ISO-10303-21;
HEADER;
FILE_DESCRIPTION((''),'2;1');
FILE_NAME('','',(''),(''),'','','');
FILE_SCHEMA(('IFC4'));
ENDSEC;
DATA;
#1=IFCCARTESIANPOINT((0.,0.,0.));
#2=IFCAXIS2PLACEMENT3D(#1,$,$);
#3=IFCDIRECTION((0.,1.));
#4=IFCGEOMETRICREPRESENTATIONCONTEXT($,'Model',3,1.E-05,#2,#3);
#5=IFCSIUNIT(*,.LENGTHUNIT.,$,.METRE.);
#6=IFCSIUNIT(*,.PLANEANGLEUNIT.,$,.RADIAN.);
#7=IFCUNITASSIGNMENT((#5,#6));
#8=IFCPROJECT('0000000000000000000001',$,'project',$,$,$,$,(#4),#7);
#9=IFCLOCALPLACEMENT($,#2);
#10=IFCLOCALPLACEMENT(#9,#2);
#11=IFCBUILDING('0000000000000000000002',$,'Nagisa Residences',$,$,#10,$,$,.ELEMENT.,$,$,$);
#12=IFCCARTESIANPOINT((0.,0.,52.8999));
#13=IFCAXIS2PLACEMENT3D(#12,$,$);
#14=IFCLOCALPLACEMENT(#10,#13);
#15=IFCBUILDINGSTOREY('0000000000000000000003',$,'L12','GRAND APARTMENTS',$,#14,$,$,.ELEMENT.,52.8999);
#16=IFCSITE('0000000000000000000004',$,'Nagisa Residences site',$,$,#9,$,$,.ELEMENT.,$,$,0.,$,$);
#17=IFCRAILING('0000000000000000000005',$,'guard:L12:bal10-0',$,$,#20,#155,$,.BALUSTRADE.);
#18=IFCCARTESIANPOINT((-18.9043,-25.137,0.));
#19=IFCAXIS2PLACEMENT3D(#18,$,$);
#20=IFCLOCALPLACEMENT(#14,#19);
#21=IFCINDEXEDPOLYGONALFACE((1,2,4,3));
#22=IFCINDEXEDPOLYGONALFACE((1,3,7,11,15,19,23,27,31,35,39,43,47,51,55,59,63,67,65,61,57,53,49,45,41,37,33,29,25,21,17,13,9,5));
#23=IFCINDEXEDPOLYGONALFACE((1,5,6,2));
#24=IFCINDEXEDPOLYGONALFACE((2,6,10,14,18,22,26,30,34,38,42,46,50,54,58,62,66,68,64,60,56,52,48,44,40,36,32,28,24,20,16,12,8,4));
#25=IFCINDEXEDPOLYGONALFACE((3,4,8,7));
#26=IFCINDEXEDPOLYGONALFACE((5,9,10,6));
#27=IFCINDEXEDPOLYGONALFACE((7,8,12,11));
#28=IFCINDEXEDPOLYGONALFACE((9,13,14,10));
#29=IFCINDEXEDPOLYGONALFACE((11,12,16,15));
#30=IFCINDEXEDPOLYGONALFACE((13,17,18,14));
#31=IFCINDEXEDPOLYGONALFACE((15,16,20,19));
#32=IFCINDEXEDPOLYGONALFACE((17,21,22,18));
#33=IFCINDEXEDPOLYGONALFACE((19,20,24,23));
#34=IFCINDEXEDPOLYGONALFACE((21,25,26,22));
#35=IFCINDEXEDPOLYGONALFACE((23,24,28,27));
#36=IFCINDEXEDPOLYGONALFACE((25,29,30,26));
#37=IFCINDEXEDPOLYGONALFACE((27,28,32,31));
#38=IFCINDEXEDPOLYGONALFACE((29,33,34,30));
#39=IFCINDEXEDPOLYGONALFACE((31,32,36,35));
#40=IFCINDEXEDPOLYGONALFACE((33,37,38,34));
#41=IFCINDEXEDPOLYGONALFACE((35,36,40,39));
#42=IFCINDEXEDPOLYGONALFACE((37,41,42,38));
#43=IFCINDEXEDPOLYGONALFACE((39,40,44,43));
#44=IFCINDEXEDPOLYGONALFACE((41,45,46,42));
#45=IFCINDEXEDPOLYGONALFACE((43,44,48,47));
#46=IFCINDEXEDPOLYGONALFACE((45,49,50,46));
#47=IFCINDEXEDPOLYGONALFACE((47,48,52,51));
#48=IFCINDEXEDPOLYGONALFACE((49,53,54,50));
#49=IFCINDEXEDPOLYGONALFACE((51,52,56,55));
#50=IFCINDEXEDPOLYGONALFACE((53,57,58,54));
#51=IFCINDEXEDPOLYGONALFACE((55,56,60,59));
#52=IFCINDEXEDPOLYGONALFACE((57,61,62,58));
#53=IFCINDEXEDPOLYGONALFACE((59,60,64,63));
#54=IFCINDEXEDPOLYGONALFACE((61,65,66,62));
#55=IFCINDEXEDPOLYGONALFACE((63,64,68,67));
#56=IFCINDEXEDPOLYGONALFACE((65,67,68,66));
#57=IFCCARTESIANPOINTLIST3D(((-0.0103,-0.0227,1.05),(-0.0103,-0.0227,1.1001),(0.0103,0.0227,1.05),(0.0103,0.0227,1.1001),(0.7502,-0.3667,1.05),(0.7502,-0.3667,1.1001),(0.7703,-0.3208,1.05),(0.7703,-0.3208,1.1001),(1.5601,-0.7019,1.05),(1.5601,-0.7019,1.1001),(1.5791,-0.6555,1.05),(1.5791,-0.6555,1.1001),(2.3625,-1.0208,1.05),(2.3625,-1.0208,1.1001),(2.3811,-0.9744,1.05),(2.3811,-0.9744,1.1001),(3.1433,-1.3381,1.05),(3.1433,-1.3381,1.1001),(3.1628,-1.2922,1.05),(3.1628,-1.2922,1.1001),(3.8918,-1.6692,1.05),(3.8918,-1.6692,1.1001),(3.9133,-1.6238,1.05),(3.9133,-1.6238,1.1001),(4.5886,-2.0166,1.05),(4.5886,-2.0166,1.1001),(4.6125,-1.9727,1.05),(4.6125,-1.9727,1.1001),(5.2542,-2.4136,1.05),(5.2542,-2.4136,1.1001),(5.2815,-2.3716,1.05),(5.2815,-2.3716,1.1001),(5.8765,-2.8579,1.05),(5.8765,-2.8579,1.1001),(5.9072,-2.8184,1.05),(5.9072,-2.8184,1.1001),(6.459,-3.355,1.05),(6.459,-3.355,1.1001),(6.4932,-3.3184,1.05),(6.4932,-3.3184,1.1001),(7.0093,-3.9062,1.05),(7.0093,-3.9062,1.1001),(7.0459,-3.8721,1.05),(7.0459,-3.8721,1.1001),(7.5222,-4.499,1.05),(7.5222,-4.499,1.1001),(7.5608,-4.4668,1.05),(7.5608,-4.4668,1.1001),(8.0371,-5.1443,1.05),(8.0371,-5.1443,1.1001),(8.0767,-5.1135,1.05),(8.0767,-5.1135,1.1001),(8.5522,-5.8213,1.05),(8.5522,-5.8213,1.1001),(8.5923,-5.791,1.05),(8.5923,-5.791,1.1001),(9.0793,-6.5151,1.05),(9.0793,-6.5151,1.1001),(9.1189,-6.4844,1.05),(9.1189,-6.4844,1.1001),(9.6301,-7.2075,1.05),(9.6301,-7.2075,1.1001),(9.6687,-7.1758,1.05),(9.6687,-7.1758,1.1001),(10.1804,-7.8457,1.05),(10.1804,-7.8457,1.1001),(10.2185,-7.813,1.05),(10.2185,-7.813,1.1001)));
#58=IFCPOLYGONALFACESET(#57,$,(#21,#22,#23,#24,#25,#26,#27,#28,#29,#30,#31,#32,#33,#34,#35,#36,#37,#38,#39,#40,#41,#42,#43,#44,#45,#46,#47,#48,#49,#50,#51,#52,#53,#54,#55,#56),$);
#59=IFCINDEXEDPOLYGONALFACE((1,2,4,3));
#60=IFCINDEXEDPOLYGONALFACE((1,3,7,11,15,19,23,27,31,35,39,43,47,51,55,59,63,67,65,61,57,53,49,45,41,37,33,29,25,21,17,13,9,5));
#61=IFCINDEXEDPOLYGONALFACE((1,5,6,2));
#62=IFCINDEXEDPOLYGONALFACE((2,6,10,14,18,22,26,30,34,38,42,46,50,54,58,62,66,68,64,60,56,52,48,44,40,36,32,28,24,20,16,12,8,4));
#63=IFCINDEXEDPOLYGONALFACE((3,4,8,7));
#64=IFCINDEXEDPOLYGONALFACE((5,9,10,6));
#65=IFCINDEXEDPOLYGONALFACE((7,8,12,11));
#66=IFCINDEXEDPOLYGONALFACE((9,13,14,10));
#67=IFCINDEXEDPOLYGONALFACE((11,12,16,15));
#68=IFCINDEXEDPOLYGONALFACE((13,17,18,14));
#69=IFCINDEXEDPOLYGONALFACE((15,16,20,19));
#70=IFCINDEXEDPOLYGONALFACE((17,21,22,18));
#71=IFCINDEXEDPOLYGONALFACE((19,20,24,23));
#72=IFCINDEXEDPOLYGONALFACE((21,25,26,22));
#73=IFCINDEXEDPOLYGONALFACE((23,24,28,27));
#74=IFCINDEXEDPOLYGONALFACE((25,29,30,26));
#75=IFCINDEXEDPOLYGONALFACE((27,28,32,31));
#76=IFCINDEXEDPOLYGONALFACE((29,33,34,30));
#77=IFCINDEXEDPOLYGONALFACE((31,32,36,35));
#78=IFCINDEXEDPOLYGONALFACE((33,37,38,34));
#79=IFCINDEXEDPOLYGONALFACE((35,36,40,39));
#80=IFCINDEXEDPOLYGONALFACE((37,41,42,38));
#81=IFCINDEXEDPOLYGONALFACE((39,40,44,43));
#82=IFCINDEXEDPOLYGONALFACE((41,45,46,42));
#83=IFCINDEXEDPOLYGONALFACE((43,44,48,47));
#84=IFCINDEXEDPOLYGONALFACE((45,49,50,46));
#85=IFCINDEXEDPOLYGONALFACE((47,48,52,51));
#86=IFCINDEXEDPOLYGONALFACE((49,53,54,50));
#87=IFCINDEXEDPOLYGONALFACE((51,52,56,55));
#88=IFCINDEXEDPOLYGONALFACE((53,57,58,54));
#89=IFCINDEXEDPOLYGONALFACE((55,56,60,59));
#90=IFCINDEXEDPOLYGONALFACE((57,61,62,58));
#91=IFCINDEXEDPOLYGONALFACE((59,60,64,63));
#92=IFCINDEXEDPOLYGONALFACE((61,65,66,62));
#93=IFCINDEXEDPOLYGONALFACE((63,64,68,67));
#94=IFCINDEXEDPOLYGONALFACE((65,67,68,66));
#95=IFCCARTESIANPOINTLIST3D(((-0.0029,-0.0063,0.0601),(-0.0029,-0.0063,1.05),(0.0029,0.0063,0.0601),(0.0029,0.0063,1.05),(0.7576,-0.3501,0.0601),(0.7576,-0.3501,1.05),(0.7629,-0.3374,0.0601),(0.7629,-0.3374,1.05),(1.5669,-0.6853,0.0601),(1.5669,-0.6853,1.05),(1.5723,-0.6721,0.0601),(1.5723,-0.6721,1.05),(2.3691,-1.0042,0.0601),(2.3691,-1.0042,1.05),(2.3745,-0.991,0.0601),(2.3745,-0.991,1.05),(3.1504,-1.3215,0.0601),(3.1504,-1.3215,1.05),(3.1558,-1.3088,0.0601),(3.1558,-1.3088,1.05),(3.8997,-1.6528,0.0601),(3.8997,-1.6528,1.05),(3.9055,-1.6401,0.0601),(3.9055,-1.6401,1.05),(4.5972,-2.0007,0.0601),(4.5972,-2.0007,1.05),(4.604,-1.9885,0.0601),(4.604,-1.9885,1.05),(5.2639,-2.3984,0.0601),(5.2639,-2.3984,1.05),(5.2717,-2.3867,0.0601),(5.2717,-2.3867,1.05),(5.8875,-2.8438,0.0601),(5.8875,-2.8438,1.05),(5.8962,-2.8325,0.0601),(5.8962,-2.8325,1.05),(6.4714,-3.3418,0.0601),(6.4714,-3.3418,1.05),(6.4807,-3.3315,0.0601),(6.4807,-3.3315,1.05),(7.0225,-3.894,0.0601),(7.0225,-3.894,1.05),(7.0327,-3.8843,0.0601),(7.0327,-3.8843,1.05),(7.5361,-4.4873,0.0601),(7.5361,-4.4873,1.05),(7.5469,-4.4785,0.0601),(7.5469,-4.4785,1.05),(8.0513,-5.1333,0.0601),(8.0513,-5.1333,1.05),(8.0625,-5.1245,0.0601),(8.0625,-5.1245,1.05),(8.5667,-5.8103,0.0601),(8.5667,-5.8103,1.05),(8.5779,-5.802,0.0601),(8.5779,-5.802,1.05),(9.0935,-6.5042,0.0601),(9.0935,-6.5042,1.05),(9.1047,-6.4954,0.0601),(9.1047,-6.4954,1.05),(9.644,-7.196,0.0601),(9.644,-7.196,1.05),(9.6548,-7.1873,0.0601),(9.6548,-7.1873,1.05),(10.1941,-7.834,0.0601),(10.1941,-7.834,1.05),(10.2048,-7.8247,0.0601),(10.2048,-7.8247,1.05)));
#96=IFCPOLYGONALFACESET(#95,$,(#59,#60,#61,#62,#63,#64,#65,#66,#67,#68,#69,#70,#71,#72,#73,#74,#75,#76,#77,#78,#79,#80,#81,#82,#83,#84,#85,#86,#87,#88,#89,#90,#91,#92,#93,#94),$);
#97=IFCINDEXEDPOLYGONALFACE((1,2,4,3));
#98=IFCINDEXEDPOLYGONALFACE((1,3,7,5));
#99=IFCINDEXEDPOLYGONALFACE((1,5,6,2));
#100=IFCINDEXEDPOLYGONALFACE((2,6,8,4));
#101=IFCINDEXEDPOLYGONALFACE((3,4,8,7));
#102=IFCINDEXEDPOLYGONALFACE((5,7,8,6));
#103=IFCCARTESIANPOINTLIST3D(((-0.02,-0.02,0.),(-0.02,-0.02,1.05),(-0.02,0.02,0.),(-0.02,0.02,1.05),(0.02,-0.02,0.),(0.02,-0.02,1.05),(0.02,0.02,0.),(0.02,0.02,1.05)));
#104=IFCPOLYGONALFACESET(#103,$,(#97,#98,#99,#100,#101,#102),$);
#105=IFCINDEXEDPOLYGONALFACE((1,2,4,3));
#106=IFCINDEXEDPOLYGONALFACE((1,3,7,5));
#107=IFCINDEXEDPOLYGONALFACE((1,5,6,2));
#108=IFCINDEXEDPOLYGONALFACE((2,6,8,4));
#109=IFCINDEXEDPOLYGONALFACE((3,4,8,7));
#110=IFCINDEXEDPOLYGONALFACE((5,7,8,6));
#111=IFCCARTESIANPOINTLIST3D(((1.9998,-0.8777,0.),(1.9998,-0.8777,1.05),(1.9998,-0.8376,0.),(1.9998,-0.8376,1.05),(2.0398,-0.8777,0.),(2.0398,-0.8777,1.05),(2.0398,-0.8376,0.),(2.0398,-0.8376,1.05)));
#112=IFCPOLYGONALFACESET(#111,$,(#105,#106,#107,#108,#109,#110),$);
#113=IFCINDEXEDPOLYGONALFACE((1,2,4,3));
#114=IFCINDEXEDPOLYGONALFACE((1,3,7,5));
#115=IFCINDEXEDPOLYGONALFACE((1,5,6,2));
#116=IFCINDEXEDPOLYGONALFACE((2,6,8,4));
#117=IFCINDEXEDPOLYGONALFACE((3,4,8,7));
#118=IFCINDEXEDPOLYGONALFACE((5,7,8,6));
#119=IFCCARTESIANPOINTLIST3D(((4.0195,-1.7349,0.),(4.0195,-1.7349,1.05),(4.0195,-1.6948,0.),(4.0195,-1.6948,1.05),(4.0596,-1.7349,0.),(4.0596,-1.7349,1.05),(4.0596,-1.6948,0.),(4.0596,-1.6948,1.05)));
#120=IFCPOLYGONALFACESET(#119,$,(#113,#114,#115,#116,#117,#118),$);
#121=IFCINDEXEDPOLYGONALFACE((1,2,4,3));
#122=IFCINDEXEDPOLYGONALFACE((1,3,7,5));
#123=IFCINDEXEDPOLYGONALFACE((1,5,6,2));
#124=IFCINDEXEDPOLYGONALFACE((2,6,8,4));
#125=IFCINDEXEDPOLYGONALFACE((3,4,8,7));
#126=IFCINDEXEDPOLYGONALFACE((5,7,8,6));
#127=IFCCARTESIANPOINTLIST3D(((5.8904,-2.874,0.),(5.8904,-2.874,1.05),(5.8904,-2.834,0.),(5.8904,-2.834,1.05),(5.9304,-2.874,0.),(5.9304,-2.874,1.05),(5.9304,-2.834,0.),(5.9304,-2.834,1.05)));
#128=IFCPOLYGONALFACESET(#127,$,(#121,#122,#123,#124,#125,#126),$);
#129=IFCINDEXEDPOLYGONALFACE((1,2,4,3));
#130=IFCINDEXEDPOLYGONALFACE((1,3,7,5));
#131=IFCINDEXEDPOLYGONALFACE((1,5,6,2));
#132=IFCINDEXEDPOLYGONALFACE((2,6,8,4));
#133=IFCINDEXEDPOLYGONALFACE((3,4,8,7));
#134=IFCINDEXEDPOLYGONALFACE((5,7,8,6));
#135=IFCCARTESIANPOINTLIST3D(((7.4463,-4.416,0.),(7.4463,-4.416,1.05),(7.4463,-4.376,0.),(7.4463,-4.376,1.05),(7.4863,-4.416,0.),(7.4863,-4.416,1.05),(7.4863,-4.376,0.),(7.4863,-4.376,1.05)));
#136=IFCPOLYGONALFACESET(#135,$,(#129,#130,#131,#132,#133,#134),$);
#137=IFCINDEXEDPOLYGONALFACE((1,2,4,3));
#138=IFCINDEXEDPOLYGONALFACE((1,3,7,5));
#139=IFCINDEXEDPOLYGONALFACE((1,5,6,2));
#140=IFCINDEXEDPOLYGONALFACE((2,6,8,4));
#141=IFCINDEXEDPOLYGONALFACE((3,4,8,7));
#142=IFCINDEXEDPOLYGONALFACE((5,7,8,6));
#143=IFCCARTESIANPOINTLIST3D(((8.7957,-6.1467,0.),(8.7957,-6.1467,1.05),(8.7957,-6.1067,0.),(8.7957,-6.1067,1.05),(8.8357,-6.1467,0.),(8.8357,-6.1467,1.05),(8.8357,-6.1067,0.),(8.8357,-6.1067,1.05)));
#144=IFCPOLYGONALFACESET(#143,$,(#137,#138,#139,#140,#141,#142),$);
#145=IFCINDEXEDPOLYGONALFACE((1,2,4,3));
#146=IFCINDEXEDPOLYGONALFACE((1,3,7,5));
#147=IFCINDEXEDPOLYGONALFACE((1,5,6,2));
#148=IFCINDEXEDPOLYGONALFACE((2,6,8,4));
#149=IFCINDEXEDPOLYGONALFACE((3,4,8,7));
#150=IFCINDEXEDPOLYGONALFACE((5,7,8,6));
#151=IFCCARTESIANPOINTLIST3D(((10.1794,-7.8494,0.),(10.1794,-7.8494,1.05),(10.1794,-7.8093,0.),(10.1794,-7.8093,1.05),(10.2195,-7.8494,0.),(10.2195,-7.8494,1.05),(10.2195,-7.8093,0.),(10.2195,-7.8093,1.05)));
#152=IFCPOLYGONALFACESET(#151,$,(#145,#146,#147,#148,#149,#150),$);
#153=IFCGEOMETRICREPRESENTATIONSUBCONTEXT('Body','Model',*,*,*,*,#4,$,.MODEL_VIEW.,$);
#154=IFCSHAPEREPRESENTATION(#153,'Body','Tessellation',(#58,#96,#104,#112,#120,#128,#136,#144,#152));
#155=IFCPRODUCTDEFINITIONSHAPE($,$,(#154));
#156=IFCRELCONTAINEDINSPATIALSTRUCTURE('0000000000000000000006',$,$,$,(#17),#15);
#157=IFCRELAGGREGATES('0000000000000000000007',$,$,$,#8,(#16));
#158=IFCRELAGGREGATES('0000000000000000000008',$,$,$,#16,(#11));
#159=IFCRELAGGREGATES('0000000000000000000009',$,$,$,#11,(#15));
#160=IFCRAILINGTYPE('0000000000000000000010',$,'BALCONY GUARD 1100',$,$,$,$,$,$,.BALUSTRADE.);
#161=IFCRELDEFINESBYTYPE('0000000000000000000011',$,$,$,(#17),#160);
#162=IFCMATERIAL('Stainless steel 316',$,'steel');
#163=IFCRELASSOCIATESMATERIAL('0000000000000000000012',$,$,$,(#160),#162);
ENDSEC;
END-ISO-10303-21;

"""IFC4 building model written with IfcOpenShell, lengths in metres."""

from ifc_helpers import new_model, si_unit, direction, frame, origin, origin_2d, place, context, subcontext, project, spatial, polyline, rectangle, outline, extrude, material, type_object, element, save


model = new_model("IFC4")

# Units and contexts
model_context = context("Model", 3, precision=1e-05, world=origin(), true_north=direction((0.0, 1.0)))
body_context = subcontext(model_context, "Body", "Model", "MODEL_VIEW")
ifc_project = project(units=[si_unit("LENGTHUNIT", "METRE"), si_unit("PLANEANGLEUNIT", "RADIAN")], contexts=[model_context])

# Site, building, storey
site_placement = place(None, origin())
site = spatial("IfcSite", under=ifc_project, at=site_placement, Name="Nagisa Residences site", CompositionType="ELEMENT", RefElevation=0.0)
building_placement = place(site_placement, origin())
building = spatial("IfcBuilding", under=site, at=building_placement, Name="Nagisa Residences", CompositionType="ELEMENT")
storey_placement = place(building_placement, frame((0.0, 0.0, 52.8999)))
storey = spatial("IfcBuildingStorey", under=building, at=storey_placement, Name="L12", Description="GRAND APARTMENTS", CompositionType="ELEMENT", Elevation=52.8999)

# Railing
ifc_material_1 = material(Name="Stainless steel 316", Category="steel")
railing_type = type_object("IfcRailingType", Name="BALCONY GUARD 1100", PredefinedType="BALUSTRADE", material=ifc_material_1)
railing_1_placement = place(storey_placement, frame((-18.9043, -25.137, 0.0)))
element("IfcRailing", 1, at=railing_1_placement, inside=storey, type_object=railing_type, Name="guard:L12:bal10-0", PredefinedType="BALUSTRADE", context=body_context, shape_type="SweptSolid", body=[
    extrude(outline(polyline([(0.7703, -0.3208), (0.0103, 0.0227), (-0.0103, -0.0227), (0.7502, -0.3667), (1.5601, -0.7019), (2.3625, -1.0208), (3.1433, -1.3381), (3.8918, -1.6692), (4.5886, -2.0166), (5.2542, -2.4136), (5.8765, -2.8579), (6.459, -3.355), (7.0093, -3.9062), (7.5222, -4.499), (8.0371, -5.1443), (8.5522, -5.8213), (9.0793, -6.5151), (9.6301, -7.2075), (10.1804, -7.8457), (10.2185, -7.813), (9.6687, -7.1758), (9.1189, -6.4844), (8.5923, -5.791), (8.0767, -5.1135), (7.5608, -4.4668), (7.0459, -3.8721), (6.4932, -3.3184), (5.9072, -2.8184), (5.2815, -2.3716), (4.6125, -1.9727), (3.9133, -1.6238), (3.1628, -1.2922), (2.3811, -0.9744), (1.5791, -0.6555), (0.7703, -0.3208)])), frame((0.0, 0.0, 1.05)), (0.0, 0.0, 1.0), 0.05),
    extrude(outline(polyline([(0.7629, -0.3374), (0.0029, 0.0063), (-0.0029, -0.0063), (0.7576, -0.3501), (1.5669, -0.6853), (2.3691, -1.0042), (3.1504, -1.3215), (3.8997, -1.6528), (4.5972, -2.0007), (5.2639, -2.3984), (5.8875, -2.8438), (6.4714, -3.3418), (7.0225, -3.894), (7.5361, -4.4873), (8.0513, -5.1333), (8.5667, -5.8103), (9.0935, -6.5042), (9.644, -7.196), (10.1941, -7.834), (10.2048, -7.8247), (9.6548, -7.1873), (9.1047, -6.4954), (8.5779, -5.802), (8.0625, -5.1245), (7.5469, -4.4785), (7.0327, -3.8843), (6.4807, -3.3315), (5.8962, -2.8325), (5.2717, -2.3867), (4.604, -1.9885), (3.9055, -1.6401), (3.1558, -1.3088), (2.3745, -0.991), (1.5723, -0.6721), (0.7629, -0.3374)])), frame((0.0, 0.0, 0.0601)), (0.0, 0.0, 1.0), 0.99),
    extrude(rectangle(XDim=0.04, YDim=0.04, at=origin_2d()), origin(), (0.0, 0.0, 1.0), 1.05),
    extrude(rectangle(XDim=0.04, YDim=0.04, at=origin_2d()), frame((2.0198, -0.8577, 0.0)), (0.0, 0.0, 1.0), 1.05),
    extrude(rectangle(XDim=0.04, YDim=0.04, at=origin_2d()), frame((4.0396, -1.7148, 0.0)), (0.0, 0.0, 1.0), 1.05),
    extrude(rectangle(XDim=0.04, YDim=0.04, at=origin_2d()), frame((5.9104, -2.854, 0.0)), (0.0, 0.0, 1.0), 1.05),
    extrude(rectangle(XDim=0.04, YDim=0.04, at=origin_2d()), frame((7.4663, -4.396, 0.0)), (0.0, 0.0, 1.0), 1.05),
    extrude(rectangle(XDim=0.04, YDim=0.04, at=origin_2d()), frame((8.8157, -6.1267, 0.0)), (0.0, 0.0, 1.0), 1.05),
    extrude(rectangle(XDim=0.04, YDim=0.04, at=origin_2d()), frame((10.1995, -7.8293, 0.0)), (0.0, 0.0, 1.0), 1.05),
])

save(model, "model.ifc")
